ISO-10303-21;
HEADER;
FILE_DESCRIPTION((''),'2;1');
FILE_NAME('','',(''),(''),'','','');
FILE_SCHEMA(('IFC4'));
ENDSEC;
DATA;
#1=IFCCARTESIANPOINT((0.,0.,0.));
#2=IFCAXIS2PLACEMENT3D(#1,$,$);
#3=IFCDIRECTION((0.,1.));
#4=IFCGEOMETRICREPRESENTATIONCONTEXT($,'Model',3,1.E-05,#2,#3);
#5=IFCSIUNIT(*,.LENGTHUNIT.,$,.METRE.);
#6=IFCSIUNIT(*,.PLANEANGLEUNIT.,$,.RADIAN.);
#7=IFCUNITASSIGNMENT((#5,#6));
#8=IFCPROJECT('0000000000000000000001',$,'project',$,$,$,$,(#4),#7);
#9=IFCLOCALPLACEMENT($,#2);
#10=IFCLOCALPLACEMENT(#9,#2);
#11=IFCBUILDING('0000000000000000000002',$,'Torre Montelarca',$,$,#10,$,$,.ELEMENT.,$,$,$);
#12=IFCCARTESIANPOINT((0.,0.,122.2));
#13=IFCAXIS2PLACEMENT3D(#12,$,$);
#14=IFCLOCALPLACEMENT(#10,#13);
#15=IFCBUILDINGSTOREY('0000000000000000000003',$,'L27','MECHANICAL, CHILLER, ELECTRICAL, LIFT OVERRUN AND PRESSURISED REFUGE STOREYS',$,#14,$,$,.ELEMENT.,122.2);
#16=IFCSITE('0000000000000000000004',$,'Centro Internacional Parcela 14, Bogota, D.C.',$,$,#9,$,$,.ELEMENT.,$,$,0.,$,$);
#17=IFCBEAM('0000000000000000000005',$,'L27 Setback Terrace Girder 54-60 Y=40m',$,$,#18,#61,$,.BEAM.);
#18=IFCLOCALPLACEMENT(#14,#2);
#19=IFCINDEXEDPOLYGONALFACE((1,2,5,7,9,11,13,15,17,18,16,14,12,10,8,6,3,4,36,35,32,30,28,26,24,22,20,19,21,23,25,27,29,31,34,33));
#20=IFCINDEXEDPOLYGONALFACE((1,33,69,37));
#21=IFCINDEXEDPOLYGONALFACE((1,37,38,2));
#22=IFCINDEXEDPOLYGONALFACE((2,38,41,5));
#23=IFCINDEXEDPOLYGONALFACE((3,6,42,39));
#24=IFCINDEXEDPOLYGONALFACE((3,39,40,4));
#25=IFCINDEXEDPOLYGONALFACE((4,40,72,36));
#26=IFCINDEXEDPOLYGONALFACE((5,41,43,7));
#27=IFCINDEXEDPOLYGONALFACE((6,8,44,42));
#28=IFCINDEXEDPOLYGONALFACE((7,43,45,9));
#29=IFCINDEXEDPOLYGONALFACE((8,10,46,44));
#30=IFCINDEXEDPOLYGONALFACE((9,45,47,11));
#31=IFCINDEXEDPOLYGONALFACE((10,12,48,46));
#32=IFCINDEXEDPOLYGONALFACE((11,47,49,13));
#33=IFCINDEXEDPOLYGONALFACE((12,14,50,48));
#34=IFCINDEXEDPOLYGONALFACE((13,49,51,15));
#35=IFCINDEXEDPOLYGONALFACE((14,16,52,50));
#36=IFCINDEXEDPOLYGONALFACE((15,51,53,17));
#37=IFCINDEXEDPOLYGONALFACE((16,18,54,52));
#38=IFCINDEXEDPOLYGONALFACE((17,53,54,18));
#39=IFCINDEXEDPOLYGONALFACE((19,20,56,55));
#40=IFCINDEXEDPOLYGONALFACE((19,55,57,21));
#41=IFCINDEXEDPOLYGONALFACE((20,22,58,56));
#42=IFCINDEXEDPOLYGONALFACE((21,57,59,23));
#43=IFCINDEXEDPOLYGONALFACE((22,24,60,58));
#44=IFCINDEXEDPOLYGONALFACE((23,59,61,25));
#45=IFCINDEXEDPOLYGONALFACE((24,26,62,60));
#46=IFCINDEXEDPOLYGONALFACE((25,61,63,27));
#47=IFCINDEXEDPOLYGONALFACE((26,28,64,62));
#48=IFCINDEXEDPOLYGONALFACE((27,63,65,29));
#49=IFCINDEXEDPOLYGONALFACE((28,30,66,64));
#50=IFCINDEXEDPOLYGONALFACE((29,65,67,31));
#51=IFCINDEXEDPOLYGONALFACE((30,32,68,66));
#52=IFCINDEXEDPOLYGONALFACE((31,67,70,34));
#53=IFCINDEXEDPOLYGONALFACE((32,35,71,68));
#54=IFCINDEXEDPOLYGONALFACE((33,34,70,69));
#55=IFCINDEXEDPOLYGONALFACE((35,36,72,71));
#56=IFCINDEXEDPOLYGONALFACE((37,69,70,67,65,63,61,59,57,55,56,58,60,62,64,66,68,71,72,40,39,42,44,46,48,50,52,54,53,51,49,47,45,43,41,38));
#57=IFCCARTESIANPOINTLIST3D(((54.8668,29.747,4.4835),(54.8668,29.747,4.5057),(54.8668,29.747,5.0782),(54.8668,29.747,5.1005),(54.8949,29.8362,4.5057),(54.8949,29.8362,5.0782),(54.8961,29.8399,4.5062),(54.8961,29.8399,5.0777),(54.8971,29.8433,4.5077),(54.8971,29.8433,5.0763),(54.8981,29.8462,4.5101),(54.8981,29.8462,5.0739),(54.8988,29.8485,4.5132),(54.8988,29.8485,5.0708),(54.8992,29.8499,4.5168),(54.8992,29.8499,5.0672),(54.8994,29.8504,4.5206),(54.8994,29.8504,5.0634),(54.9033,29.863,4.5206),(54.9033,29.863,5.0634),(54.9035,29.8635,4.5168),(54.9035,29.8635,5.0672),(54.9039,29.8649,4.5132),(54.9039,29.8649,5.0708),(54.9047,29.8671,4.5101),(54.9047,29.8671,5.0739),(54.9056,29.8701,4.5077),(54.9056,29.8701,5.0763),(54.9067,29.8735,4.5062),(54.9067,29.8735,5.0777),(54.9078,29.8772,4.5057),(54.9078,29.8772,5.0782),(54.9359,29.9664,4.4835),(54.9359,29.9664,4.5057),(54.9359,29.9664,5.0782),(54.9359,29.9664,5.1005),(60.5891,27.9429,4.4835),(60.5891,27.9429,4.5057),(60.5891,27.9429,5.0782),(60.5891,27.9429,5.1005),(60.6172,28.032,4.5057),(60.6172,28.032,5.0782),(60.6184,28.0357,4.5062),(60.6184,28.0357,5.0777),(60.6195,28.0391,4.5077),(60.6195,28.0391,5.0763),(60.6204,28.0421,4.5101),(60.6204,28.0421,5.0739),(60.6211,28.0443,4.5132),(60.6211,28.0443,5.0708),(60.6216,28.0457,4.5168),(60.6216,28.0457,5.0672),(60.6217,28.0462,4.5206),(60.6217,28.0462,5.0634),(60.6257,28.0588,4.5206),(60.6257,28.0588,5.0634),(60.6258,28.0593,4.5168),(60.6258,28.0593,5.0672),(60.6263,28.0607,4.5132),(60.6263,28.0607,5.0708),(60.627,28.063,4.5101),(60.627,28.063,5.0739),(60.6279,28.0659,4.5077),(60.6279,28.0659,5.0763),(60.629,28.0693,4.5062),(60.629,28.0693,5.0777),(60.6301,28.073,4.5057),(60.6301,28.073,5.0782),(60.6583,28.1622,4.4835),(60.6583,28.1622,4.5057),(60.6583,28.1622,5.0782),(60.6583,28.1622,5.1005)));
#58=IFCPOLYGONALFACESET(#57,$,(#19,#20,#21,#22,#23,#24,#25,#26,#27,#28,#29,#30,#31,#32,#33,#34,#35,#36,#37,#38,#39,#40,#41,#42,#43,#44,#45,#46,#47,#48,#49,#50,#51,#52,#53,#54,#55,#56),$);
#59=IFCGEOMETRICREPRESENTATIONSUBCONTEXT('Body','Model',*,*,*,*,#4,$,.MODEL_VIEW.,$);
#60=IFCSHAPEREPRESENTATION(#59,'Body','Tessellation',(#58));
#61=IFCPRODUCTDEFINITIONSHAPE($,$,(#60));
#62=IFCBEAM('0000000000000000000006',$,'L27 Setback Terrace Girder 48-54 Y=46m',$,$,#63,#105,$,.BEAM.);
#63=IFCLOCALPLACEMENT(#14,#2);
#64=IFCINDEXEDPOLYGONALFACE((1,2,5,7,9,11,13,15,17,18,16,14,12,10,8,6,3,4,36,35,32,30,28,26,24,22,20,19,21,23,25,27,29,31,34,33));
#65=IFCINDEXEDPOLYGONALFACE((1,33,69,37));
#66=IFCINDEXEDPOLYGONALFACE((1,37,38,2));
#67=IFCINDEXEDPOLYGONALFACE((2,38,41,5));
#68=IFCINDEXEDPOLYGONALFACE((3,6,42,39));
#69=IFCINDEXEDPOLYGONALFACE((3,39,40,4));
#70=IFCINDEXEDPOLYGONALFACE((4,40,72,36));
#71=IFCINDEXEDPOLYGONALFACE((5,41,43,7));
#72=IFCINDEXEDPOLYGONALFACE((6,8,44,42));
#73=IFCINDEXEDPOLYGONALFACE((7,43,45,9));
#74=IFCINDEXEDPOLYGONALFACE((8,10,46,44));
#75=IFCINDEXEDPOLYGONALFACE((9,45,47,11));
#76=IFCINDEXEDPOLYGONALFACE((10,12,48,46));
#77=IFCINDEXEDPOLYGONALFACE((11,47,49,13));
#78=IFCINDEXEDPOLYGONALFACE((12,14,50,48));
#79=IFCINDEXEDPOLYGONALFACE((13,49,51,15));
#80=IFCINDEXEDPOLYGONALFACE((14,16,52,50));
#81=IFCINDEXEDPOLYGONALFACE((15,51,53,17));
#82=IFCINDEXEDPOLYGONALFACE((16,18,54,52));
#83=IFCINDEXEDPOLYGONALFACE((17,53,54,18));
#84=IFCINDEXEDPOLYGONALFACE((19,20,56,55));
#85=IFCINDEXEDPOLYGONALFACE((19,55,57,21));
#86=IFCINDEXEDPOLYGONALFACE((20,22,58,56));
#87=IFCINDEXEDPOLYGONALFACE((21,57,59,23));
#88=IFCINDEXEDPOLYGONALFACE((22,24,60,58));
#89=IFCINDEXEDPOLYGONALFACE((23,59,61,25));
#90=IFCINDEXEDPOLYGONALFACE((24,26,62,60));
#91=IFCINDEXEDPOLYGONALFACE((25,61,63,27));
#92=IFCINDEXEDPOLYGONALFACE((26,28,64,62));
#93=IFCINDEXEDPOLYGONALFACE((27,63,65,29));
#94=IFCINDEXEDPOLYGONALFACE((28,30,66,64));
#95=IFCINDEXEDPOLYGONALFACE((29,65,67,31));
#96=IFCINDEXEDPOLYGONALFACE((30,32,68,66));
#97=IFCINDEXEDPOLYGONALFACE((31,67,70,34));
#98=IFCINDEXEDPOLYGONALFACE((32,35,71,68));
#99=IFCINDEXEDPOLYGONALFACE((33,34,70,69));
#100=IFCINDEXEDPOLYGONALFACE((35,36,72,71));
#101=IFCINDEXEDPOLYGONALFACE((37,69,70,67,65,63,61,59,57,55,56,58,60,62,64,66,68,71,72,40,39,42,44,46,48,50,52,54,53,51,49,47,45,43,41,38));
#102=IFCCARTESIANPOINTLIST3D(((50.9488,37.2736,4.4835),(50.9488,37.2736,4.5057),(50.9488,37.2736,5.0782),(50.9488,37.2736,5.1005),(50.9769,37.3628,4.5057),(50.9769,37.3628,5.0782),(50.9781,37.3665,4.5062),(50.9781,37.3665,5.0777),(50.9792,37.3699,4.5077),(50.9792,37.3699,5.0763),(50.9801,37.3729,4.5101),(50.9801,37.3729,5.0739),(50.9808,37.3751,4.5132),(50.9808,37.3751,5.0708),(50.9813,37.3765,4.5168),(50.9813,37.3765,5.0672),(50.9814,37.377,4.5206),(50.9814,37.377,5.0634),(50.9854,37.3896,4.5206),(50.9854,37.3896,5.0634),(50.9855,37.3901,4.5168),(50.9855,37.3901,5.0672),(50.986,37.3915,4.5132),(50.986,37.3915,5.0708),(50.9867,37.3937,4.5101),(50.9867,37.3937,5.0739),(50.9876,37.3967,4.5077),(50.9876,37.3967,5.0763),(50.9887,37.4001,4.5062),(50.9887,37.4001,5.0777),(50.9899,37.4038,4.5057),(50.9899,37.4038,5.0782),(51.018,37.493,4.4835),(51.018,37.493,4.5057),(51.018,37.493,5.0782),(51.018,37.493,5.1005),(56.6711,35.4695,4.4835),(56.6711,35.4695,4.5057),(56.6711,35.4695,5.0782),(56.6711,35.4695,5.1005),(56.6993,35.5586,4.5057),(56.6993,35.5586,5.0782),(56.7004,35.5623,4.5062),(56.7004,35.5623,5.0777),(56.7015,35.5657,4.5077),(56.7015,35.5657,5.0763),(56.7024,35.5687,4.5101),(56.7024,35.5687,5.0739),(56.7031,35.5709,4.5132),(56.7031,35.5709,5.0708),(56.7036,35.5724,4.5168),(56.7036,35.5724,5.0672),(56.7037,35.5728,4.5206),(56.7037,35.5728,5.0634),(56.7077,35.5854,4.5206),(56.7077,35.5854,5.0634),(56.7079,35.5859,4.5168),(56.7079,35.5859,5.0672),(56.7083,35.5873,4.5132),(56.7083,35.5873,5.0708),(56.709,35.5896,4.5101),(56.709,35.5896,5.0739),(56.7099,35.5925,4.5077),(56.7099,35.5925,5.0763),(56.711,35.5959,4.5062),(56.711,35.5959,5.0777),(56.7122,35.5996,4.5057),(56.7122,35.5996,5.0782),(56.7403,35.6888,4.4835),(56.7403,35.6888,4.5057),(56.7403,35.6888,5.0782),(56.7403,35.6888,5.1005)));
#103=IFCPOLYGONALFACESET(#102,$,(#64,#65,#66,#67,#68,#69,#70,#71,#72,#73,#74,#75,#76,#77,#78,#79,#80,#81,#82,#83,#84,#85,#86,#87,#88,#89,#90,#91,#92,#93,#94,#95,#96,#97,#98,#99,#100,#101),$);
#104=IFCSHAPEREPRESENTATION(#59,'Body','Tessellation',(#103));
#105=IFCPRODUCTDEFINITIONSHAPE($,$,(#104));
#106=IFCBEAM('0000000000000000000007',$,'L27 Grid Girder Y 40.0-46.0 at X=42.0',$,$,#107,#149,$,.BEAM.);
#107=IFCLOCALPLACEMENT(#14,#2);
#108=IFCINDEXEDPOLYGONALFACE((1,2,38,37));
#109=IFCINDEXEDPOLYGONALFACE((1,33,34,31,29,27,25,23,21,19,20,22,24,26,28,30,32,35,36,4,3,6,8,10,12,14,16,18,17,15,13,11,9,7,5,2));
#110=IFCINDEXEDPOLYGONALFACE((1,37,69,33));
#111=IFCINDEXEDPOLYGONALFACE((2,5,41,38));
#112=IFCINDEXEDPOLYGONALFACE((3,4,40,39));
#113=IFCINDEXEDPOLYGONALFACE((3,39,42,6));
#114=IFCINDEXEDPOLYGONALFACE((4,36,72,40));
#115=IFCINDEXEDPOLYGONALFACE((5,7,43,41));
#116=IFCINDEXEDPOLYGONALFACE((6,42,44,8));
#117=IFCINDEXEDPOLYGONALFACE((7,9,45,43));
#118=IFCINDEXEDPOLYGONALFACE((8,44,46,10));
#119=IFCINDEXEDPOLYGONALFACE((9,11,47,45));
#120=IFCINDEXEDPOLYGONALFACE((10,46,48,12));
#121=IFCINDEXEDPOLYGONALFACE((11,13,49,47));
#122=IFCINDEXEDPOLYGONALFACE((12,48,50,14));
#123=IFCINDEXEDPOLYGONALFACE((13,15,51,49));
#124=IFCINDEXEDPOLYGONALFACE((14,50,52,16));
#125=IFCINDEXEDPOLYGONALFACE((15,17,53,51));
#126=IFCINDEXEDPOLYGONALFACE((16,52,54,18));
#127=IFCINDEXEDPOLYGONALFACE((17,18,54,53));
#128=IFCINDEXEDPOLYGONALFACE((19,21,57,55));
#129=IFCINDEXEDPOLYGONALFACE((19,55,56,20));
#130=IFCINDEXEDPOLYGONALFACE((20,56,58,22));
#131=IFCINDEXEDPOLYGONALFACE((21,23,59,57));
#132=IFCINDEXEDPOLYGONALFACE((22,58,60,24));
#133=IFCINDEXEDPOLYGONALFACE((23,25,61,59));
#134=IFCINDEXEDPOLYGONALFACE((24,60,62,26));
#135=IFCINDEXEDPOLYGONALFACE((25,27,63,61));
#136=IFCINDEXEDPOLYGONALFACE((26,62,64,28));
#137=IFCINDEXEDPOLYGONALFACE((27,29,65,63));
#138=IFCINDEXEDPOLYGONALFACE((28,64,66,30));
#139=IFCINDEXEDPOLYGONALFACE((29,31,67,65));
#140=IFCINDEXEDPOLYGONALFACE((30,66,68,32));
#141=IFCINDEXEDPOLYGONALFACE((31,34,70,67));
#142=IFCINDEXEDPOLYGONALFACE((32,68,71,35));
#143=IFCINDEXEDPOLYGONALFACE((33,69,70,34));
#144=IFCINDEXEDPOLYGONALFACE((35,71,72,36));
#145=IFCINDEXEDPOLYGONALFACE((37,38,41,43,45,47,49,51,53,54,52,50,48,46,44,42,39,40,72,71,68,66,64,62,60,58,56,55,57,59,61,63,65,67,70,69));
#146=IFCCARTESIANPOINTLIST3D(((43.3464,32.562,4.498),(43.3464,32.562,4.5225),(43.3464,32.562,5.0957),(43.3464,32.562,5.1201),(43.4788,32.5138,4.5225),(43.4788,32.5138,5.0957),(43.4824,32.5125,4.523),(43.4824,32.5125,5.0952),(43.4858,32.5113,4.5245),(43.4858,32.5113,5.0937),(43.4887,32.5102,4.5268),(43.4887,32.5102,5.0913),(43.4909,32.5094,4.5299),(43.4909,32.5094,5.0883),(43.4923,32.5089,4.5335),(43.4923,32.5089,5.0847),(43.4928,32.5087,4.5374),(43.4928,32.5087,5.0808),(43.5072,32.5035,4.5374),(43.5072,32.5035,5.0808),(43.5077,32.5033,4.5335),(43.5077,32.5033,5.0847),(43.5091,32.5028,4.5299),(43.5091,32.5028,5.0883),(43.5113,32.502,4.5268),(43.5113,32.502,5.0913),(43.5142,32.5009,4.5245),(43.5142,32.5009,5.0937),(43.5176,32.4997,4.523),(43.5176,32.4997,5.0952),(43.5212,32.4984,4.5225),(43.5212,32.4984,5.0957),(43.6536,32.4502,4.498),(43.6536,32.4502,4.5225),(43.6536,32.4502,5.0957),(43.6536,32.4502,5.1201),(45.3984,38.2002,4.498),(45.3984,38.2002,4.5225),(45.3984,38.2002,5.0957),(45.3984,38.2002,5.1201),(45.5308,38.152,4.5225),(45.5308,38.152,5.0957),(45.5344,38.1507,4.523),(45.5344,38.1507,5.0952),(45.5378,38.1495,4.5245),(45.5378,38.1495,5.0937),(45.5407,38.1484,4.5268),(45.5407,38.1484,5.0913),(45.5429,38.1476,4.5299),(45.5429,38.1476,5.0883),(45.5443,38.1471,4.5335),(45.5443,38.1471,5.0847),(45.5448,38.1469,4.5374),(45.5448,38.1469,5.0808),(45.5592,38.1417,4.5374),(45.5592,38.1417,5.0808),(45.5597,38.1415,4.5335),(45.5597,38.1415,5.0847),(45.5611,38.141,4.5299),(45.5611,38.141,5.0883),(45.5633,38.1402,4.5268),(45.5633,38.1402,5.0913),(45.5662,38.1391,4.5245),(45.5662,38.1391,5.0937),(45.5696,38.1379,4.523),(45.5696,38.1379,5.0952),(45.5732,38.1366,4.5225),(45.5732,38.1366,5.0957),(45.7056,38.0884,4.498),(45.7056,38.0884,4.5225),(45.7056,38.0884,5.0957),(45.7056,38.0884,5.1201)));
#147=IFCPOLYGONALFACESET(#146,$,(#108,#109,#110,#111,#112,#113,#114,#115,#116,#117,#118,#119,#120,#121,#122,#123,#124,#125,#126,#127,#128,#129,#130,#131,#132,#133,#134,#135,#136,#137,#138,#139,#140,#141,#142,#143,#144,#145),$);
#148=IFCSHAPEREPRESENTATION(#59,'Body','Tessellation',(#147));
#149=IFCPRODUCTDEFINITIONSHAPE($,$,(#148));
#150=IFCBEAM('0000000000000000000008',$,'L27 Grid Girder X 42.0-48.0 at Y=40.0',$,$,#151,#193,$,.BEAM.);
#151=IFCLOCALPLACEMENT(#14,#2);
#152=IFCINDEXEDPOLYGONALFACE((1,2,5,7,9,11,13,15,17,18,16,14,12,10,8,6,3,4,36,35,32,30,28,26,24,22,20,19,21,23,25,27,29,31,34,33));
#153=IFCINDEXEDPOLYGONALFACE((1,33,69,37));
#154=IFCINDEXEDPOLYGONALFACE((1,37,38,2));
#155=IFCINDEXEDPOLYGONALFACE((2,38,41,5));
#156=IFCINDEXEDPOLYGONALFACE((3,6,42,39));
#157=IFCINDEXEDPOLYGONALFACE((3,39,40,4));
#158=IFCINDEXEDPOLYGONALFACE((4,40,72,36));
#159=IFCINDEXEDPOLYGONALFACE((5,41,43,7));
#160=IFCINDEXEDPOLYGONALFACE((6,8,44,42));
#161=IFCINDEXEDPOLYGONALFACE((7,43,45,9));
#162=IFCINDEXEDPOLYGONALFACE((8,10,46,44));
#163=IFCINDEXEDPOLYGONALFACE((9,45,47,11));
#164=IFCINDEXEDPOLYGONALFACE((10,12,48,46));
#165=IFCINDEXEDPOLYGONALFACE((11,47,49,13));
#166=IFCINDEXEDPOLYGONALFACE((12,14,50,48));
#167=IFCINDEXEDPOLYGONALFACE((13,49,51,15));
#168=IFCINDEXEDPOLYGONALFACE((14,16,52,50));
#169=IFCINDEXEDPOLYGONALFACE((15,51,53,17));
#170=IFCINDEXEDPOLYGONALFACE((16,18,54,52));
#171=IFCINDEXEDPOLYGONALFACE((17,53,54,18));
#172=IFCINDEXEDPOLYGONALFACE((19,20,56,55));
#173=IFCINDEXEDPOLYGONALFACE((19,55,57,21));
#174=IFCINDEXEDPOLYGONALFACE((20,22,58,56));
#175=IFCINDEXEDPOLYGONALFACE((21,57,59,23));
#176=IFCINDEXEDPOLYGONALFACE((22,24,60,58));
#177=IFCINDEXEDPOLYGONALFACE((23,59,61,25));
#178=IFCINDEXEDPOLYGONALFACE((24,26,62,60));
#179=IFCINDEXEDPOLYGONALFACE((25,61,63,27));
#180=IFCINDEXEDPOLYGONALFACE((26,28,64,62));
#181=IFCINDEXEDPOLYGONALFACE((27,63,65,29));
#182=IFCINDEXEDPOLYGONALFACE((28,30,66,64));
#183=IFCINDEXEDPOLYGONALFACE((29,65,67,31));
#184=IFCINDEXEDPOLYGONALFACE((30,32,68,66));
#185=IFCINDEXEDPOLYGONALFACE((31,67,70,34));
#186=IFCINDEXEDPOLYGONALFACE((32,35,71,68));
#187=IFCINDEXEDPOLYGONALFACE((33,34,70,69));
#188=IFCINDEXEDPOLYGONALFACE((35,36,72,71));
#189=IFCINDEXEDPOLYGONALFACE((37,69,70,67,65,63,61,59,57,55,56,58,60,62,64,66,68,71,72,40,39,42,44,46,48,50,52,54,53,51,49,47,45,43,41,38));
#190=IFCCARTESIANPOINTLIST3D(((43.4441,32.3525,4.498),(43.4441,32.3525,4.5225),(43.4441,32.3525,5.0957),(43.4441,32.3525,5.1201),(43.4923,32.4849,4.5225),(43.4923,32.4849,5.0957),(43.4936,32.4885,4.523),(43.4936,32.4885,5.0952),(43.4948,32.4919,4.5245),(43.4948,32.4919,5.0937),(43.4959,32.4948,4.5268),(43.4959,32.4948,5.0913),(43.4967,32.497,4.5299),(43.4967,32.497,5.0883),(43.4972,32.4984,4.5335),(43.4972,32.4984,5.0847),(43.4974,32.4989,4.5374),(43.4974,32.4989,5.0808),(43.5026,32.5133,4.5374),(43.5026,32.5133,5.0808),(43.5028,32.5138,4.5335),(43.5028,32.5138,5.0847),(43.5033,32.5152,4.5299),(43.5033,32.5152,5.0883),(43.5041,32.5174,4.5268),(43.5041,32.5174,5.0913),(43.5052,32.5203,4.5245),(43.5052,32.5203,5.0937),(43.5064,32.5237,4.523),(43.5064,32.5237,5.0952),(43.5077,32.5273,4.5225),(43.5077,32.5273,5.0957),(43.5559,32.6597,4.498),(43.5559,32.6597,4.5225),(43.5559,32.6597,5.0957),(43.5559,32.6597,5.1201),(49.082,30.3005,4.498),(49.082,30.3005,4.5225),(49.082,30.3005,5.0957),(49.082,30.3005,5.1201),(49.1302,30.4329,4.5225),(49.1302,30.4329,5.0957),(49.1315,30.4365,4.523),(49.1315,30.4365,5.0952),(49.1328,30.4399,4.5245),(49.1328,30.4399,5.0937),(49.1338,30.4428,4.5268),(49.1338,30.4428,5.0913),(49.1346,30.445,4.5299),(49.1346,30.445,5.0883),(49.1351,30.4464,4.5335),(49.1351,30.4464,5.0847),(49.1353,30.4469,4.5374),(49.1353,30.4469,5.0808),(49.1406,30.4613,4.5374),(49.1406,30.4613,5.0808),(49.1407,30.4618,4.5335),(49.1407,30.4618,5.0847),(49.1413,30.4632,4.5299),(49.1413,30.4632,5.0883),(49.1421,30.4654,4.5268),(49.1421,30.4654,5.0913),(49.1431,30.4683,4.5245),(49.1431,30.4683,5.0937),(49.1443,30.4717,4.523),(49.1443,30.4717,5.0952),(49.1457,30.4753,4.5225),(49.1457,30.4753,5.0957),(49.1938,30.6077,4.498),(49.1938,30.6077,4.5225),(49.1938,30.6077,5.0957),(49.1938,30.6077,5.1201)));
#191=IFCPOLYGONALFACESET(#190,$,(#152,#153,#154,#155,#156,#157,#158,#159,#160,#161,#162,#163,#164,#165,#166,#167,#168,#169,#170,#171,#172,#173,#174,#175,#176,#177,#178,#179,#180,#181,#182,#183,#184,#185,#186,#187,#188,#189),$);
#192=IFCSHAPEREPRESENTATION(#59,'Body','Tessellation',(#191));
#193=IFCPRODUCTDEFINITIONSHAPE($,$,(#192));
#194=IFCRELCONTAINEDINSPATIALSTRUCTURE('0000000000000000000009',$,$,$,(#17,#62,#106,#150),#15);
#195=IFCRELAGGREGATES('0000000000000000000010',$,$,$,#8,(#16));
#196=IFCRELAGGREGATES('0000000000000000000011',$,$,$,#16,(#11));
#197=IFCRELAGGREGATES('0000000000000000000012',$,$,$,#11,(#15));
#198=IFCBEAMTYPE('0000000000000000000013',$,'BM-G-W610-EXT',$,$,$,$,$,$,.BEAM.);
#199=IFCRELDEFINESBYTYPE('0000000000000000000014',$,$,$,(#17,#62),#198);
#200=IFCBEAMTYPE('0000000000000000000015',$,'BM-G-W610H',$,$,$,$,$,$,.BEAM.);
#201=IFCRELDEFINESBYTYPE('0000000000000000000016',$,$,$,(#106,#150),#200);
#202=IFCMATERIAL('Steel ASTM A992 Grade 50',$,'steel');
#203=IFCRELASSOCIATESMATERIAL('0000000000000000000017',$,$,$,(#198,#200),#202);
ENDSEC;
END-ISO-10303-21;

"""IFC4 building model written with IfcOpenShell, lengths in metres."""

from ifc_helpers import new_model, si_unit, direction, frame, origin, origin_2d, place, context, subcontext, project, spatial, i_section, extrude, source, transform, mapped, material, material_profile, profile_set, type_object, element, save


model = new_model("IFC4")

# Units and contexts
model_context = context("Model", 3, precision=1e-05, world=origin(), true_north=direction((0.0, 1.0)))
body_context = subcontext(model_context, "Body", "Model", "MODEL_VIEW")
ifc_project = project(units=[si_unit("LENGTHUNIT", "METRE"), si_unit("PLANEANGLEUNIT", "RADIAN")], contexts=[model_context])

# Site, building, storey
site_placement = place(None, origin())
site = spatial("IfcSite", under=ifc_project, at=site_placement, Name="Centro Internacional Parcela 14, Bogota, D.C.", CompositionType="ELEMENT", RefElevation=0.0)
building_placement = place(site_placement, origin())
building = spatial("IfcBuilding", under=site, at=building_placement, Name="Torre Montelarca", CompositionType="ELEMENT")
storey_placement = place(building_placement, frame((0.0, 0.0, 122.2)))
storey = spatial("IfcBuildingStorey", under=building, at=storey_placement, Name="L27", Description="MECHANICAL, CHILLER, ELECTRICAL, LIFT OVERRUN AND PRESSURISED REFUGE STOREYS", CompositionType="ELEMENT", Elevation=122.2)

# Shared definitions
ifc_material_1 = material(Name="Steel ASTM A992 Grade 50", Category="steel")

# Beams
ifc_material_profile_1 = material_profile(ifc_material_1, i_section(OverallWidth=0.23, OverallDepth=0.6169, WebThickness=0.0132, FlangeThickness=0.0222, FilletRadius=0.0149, at=origin_2d()), Name="W610X140", Category="steel")
ifc_profile_set_1 = profile_set([ifc_material_profile_1], Name="Steel ASTM A992 Grade 50")
beam_type_1 = type_object("IfcBeamType", Name="BM-G-W610-EXT", PredefinedType="BEAM", material=ifc_profile_set_1)
shared_shape_1 = source(origin(), body_context, "Body", "SweptSolid", [
    extrude(i_section(OverallWidth=0.23, OverallDepth=0.6169, WebThickness=0.0132, FlangeThickness=0.0222, FilletRadius=0.0149, at=origin_2d()), origin(), (0.0, 0.0, 1.0), 6.0),
])
for number, where, z_axis, x_axis, name in (
    (1, (54.9014, 29.8567, 4.792), (0.95372, -0.300695, 0.0), (0.300695, 0.95372, 0.0), "L27 Setback Terrace Girder 54-60 Y=40m"),
    (2, (50.9834, 37.3833, 4.792), (0.95372, -0.300695, 0.0), (0.300695, 0.95372, 0.0), "L27 Setback Terrace Girder 48-54 Y=46m"),
):
    element("IfcBeam", number, at=place(storey_placement, frame(where, z_axis=z_axis, x_axis=x_axis)), inside=storey, type_object=beam_type_1, Name=name, PredefinedType="BEAM", context=body_context, shape_type="MappedRepresentation", body=[
        mapped(shared_shape_1, transform((0.0, 0.0, 0.0), scale=1.0)),
    ])
ifc_material_profile_2 = material_profile(ifc_material_1, i_section(OverallWidth=0.3269, OverallDepth=0.6221, WebThickness=0.0154, FlangeThickness=0.0244, FilletRadius=0.0149, at=origin_2d()), Name="W610X195", Category="steel")
ifc_profile_set_2 = profile_set([ifc_material_profile_2], Name="Steel ASTM A992 Grade 50")
beam_type_2 = type_object("IfcBeamType", Name="BM-G-W610H", PredefinedType="BEAM", material=ifc_profile_set_2)
shared_shape_2 = source(origin(), body_context, "Body", "SweptSolid", [
    extrude(i_section(OverallWidth=0.3269, OverallDepth=0.6221, WebThickness=0.0154, FlangeThickness=0.0244, FilletRadius=0.0149, at=origin_2d()), origin(), (0.0, 0.0, 1.0), 6.0),
])
beam_1_placement = place(storey_placement, frame((43.5, 32.5061, 4.8091), z_axis=(0.342001, 0.9397, 0.0), x_axis=(-0.9397, 0.342001, 0.0)))
element("IfcBeam", 3, at=beam_1_placement, inside=storey, type_object=beam_type_2, Name="L27 Grid Girder Y 40.0-46.0 at X=42.0", PredefinedType="BEAM", context=body_context, shape_type="MappedRepresentation", body=[
    mapped(shared_shape_2, transform((0.0, 0.0, 0.0), scale=1.0)),
])
shared_shape_3 = source(origin(), body_context, "Body", "SweptSolid", [
    extrude(i_section(OverallWidth=0.3269, OverallDepth=0.6221, WebThickness=0.0154, FlangeThickness=0.0244, FilletRadius=0.0149, at=origin_2d()), origin(), (0.0, 0.0, 1.0), 5.9998),
])
beam_2_placement = place(storey_placement, frame((43.5, 32.5061, 4.8091), z_axis=(0.939695, -0.342014, 0.0), x_axis=(0.342014, 0.939695, 0.0)))
element("IfcBeam", 4, at=beam_2_placement, inside=storey, type_object=beam_type_2, Name="L27 Grid Girder X 42.0-48.0 at Y=40.0", PredefinedType="BEAM", context=body_context, shape_type="MappedRepresentation", body=[
    mapped(shared_shape_3, transform((0.0, 0.0, 0.0), scale=1.0)),
])

save(model, "model.ifc")
